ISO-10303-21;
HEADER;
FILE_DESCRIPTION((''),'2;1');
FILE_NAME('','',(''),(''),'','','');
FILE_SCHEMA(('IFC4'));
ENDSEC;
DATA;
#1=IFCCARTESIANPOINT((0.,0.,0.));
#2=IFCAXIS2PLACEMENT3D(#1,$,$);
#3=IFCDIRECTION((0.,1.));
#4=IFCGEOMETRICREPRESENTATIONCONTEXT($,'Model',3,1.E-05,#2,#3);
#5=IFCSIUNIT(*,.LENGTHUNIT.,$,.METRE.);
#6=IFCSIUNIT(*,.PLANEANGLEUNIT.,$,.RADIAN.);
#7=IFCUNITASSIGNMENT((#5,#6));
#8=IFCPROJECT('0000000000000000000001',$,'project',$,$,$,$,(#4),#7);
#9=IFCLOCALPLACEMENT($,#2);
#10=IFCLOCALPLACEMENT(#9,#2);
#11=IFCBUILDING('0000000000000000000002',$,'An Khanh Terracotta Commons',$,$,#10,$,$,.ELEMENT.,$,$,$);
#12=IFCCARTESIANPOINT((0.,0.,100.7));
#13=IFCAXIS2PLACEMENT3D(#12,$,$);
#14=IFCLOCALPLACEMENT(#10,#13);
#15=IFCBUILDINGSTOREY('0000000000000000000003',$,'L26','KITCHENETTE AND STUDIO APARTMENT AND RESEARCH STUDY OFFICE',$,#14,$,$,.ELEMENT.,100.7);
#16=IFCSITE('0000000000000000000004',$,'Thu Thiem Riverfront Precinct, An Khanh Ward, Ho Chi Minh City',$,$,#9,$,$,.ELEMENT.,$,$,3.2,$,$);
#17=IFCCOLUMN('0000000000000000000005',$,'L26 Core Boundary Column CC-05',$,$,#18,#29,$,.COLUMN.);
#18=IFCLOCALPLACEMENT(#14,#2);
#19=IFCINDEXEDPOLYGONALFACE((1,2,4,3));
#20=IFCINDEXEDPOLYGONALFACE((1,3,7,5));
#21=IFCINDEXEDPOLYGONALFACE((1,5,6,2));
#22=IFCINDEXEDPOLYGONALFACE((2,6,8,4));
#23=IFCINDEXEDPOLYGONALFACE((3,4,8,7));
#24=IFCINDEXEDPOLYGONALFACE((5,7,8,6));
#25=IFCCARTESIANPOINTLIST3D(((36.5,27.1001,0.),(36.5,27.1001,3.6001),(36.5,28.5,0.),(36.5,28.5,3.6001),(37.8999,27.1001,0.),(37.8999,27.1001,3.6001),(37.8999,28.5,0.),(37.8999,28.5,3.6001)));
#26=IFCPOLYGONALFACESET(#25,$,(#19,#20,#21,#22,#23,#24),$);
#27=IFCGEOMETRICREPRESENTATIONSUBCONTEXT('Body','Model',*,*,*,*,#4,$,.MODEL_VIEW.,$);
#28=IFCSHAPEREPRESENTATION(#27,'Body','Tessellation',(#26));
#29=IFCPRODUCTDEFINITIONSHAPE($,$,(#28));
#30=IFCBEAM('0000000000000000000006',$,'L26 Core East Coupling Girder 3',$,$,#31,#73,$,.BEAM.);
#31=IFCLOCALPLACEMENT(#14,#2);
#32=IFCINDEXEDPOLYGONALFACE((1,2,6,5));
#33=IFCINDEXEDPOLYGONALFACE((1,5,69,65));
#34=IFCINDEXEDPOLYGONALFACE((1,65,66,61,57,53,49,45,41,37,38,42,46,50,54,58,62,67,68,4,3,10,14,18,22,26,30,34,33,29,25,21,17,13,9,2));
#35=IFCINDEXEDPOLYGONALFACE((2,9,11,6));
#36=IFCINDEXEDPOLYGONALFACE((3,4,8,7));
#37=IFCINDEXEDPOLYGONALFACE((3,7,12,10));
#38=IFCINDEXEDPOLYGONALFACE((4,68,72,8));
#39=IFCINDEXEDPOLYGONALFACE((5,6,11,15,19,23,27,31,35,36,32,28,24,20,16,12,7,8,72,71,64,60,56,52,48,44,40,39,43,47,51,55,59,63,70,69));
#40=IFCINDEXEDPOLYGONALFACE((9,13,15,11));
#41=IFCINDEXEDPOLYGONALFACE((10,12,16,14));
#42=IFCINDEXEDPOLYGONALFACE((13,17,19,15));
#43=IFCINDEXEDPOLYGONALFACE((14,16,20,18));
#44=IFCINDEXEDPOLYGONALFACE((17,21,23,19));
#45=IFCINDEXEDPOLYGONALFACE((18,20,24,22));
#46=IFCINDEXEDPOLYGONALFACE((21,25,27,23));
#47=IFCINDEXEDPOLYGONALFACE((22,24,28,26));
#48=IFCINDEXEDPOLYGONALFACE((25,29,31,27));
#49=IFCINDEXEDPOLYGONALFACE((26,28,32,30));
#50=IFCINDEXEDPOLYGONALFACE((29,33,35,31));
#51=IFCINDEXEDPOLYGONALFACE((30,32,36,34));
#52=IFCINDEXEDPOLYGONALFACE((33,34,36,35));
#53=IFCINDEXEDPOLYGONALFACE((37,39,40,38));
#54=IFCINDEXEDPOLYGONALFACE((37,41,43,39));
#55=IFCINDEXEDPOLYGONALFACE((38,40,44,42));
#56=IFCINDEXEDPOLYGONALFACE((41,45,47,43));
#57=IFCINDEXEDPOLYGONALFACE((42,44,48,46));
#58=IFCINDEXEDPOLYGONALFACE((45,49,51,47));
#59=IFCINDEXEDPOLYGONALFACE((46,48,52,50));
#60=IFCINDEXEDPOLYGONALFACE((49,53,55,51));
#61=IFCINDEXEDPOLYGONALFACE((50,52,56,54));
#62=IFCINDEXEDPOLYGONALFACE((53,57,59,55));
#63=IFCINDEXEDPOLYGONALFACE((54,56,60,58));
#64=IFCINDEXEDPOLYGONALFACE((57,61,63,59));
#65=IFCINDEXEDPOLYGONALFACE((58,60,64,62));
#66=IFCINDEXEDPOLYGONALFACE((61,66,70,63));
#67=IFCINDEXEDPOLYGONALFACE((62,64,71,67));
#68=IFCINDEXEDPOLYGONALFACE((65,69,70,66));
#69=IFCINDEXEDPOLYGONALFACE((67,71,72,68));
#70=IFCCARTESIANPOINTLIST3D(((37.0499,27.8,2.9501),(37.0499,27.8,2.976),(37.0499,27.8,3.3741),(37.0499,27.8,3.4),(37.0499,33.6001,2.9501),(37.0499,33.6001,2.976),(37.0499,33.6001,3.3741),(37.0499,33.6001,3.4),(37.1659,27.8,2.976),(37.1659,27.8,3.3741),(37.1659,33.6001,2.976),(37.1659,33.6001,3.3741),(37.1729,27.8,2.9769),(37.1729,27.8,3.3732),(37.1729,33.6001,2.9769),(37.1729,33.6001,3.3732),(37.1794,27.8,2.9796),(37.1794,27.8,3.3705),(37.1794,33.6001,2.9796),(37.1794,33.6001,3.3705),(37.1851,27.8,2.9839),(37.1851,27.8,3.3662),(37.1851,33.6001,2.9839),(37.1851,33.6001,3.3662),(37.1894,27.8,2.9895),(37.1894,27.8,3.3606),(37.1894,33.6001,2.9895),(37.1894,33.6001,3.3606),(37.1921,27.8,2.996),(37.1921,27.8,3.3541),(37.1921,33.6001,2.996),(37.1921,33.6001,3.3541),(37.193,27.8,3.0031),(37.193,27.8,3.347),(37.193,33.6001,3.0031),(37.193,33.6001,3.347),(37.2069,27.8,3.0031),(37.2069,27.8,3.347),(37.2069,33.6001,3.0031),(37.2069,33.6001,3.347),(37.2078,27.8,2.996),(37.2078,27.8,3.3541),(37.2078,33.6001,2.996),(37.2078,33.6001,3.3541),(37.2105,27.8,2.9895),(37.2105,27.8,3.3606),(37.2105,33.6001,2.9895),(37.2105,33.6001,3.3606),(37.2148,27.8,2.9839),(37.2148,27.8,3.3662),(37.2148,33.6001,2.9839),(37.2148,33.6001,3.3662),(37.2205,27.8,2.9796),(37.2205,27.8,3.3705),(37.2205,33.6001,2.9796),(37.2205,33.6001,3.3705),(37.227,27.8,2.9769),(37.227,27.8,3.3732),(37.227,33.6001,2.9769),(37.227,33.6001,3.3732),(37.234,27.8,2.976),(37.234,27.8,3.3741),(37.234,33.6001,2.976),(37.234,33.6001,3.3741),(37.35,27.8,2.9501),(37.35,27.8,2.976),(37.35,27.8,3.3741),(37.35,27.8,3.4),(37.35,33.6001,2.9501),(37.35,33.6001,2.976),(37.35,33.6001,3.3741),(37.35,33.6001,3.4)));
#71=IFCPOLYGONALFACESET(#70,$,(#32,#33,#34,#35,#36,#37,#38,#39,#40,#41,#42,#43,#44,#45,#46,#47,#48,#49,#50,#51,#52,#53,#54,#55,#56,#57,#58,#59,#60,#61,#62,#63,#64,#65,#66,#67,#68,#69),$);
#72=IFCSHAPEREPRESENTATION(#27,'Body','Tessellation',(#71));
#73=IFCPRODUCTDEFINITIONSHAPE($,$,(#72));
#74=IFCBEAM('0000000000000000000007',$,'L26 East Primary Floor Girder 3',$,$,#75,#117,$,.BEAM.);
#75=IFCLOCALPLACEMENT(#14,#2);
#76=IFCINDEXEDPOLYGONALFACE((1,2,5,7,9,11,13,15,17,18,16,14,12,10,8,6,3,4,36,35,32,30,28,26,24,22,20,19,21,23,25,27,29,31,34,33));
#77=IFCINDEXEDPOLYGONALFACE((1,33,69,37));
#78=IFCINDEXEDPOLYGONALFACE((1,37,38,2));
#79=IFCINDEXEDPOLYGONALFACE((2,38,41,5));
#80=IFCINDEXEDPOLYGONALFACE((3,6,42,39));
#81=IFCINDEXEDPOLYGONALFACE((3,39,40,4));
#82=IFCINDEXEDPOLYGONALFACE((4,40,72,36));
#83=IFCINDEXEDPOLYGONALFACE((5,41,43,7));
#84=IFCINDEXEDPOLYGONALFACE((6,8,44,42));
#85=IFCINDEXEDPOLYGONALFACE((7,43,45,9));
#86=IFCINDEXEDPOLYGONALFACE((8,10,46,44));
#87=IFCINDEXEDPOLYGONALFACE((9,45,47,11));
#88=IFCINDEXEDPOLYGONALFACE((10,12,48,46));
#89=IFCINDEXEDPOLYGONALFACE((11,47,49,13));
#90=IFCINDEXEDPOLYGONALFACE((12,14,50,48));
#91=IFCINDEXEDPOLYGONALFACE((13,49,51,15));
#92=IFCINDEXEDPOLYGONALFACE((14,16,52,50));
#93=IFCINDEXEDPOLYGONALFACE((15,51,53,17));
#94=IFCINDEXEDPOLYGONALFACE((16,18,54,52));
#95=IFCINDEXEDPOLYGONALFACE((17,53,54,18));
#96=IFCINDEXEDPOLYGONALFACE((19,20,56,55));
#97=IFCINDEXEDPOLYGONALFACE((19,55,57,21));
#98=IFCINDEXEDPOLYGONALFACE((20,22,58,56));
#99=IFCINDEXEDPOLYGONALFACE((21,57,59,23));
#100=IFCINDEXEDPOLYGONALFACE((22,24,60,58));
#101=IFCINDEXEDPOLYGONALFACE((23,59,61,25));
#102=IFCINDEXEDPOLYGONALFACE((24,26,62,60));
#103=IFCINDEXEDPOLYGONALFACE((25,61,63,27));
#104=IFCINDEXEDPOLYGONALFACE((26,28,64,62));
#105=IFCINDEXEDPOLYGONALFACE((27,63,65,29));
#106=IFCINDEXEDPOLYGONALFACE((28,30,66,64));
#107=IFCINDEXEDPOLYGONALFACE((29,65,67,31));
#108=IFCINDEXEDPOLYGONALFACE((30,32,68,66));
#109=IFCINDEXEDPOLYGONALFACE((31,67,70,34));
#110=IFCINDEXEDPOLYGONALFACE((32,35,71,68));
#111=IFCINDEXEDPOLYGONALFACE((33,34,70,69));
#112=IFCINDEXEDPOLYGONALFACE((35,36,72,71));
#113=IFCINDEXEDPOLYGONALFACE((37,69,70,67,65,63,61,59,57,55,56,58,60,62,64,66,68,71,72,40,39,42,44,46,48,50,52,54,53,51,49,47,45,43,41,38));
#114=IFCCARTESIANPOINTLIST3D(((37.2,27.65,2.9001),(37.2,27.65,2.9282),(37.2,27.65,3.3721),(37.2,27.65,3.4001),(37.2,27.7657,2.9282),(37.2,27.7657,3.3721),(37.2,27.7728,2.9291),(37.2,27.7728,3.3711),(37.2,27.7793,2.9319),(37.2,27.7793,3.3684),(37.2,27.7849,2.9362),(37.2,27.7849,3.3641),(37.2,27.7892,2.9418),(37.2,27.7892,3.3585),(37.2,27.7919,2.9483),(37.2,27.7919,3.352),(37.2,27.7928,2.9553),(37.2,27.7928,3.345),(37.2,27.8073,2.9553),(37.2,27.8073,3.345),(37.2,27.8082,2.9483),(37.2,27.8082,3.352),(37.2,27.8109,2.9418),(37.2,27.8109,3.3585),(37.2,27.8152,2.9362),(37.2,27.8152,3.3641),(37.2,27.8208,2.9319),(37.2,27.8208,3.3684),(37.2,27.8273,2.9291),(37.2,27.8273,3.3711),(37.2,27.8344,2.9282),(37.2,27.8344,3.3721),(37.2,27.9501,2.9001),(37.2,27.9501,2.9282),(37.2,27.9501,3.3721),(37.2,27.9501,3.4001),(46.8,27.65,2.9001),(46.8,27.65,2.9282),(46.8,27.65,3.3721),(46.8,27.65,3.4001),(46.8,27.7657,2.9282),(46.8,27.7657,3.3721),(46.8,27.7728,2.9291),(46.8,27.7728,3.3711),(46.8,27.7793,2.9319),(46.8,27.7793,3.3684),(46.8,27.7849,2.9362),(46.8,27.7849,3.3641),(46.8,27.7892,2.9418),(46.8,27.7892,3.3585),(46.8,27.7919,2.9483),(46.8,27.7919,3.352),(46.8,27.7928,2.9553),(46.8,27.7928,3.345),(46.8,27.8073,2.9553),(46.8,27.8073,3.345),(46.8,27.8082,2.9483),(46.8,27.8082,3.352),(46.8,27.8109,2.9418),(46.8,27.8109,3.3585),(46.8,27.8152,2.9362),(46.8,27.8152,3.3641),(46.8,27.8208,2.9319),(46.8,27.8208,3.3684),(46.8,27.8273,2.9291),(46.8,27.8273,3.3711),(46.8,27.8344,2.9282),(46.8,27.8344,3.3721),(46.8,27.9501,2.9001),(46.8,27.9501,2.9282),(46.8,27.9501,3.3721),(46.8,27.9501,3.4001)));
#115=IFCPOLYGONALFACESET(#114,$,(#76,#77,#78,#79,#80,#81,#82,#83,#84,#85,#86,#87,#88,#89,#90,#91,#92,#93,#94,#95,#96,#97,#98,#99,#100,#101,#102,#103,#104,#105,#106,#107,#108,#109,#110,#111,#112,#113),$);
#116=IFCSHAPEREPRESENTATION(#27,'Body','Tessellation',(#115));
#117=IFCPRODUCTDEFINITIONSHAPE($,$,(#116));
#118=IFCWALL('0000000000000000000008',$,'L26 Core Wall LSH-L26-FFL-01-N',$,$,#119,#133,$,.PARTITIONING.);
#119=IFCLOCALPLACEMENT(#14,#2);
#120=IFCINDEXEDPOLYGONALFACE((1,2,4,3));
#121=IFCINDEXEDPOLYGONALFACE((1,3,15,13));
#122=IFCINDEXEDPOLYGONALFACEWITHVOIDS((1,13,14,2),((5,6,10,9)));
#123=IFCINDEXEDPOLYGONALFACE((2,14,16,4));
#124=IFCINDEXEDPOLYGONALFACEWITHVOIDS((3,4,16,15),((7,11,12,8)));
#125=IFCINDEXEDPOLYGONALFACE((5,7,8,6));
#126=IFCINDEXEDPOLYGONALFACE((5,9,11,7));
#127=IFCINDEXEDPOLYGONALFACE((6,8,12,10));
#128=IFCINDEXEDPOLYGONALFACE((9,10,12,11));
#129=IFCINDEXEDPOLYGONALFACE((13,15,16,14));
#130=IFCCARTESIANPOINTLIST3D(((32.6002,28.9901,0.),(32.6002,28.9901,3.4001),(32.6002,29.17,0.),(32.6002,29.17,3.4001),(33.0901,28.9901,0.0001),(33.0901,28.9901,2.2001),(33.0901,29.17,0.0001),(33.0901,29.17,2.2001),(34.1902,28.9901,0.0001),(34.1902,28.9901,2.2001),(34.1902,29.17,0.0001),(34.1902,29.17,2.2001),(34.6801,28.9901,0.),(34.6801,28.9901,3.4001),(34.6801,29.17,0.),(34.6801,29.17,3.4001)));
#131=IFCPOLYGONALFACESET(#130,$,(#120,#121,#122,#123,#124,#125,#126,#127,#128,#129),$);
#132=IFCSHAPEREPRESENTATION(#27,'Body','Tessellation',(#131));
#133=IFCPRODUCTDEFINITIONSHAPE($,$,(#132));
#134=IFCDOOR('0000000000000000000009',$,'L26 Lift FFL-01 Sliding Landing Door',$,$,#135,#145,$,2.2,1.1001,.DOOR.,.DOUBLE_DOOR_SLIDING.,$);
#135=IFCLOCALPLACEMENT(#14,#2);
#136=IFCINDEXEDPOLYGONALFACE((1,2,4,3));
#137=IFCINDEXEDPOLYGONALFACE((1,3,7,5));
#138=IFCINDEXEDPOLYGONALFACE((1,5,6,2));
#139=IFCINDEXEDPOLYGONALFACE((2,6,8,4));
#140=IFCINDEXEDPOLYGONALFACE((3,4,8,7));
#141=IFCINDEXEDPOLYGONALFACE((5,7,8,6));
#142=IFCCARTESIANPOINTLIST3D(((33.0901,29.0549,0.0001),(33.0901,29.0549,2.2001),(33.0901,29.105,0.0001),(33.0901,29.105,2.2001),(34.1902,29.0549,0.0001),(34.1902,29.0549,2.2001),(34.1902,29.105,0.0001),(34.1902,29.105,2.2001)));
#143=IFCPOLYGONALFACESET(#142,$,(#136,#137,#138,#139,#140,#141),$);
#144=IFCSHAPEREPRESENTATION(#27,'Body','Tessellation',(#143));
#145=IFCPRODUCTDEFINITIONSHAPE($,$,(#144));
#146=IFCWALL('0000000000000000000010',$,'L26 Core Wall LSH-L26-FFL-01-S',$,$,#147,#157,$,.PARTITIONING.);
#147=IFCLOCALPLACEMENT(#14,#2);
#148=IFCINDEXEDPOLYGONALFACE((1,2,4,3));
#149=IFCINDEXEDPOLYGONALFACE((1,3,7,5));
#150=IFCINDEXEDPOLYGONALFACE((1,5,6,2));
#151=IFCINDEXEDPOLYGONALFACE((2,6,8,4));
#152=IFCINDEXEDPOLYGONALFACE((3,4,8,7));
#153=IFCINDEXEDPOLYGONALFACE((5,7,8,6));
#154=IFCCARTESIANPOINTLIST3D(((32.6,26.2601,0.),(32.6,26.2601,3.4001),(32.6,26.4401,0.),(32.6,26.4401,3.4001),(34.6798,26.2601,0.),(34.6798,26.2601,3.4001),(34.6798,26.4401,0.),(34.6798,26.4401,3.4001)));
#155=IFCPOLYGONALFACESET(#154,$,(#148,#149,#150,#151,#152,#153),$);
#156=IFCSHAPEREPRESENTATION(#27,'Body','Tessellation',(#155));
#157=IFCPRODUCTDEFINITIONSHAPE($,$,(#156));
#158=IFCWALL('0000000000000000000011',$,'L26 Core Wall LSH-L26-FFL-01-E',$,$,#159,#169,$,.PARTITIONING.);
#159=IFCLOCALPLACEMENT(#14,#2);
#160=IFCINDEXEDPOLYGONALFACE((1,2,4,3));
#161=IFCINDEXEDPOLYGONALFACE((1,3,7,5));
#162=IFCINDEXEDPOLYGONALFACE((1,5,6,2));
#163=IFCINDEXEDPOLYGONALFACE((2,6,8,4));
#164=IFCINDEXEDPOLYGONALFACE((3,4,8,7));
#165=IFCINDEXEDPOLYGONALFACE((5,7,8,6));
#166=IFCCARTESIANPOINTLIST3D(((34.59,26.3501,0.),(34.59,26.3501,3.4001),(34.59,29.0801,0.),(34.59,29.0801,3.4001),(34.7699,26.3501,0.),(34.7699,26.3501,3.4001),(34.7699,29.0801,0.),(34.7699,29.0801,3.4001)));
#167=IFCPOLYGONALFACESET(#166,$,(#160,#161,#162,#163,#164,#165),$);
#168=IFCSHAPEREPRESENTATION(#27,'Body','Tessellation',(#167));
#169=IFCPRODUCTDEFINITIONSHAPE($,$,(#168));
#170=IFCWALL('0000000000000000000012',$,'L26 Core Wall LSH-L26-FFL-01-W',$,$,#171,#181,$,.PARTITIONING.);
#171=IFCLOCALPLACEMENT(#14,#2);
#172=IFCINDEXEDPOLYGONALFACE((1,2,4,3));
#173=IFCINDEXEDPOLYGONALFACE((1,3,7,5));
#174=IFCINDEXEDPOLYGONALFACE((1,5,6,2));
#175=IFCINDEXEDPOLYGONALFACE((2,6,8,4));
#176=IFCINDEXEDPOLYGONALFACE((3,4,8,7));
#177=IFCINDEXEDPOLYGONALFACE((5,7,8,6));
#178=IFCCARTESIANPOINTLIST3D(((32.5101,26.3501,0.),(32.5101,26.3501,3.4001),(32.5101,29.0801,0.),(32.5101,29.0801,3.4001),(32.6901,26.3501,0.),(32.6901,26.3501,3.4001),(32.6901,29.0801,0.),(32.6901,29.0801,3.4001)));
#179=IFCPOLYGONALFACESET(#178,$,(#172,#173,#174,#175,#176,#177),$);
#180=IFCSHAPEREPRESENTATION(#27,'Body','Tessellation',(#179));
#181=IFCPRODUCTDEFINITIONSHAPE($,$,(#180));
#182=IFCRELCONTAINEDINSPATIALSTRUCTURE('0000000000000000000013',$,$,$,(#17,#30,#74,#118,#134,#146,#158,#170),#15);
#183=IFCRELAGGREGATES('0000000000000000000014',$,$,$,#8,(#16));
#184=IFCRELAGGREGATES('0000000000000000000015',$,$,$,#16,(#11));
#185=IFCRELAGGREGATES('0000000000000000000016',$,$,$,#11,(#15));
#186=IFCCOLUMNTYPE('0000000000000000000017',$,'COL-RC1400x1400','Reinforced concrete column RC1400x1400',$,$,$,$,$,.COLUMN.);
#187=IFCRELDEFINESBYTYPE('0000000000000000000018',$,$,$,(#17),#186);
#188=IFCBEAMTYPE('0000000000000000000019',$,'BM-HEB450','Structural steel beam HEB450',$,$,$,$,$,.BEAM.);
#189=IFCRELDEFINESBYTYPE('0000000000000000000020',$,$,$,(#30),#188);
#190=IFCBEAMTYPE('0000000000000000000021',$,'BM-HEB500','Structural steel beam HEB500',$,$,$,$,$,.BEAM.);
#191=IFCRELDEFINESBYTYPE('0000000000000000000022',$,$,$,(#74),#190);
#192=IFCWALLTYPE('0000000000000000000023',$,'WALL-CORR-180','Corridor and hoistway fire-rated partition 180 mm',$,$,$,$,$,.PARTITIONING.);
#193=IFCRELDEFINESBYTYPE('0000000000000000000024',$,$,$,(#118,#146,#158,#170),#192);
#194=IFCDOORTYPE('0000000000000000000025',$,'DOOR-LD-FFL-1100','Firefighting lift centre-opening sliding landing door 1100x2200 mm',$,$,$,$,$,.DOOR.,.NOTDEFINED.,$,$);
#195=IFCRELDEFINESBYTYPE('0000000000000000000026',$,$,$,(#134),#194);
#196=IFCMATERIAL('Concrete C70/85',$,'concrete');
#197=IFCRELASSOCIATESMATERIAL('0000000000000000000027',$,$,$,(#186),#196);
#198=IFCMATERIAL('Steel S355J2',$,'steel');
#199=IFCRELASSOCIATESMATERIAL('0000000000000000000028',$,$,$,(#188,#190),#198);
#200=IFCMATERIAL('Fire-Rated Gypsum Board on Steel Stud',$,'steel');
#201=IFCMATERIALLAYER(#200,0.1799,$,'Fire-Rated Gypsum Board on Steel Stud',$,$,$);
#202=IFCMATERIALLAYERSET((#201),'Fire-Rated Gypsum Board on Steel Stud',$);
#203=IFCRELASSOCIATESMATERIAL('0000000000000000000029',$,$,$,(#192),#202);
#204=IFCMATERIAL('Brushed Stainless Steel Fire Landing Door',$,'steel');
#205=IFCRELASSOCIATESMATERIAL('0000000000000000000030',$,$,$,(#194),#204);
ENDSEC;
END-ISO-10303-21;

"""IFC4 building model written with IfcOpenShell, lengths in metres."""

from ifc_helpers import new_model, si_unit, direction, frame, frame_2d, origin, origin_2d, place, context, subcontext, project, spatial, rectangle, i_section, extrude, material, layer, layer_set, material_profile, profile_set, type_object, element, fill, save


model = new_model("IFC4")

# Units and contexts
model_context = context("Model", 3, precision=1e-05, world=origin(), true_north=direction((0.0, 1.0)))
body_context = subcontext(model_context, "Body", "Model", "MODEL_VIEW")
ifc_project = project(units=[si_unit("LENGTHUNIT", "METRE"), si_unit("PLANEANGLEUNIT", "RADIAN")], contexts=[model_context])

# Site, building, storey
site_placement = place(None, origin())
site = spatial("IfcSite", under=ifc_project, at=site_placement, Name="Thu Thiem Riverfront Precinct, An Khanh Ward, Ho Chi Minh City", CompositionType="ELEMENT", RefElevation=3.2)
building_placement = place(site_placement, origin())
building = spatial("IfcBuilding", under=site, at=building_placement, Name="An Khanh Terracotta Commons", CompositionType="ELEMENT")
storey_placement = place(building_placement, frame((0.0, 0.0, 100.7)))
storey = spatial("IfcBuildingStorey", under=building, at=storey_placement, Name="L26", Description="KITCHENETTE AND STUDIO APARTMENT AND RESEARCH STUDY OFFICE", CompositionType="ELEMENT", Elevation=100.7)

# Column
ifc_material_1 = material(Name="Concrete C70/85", Category="concrete")
ifc_material_profile_1 = material_profile(ifc_material_1, rectangle(XDim=1.3999, YDim=1.3999, at=origin_2d()), Name="RC1400x1400")
ifc_profile_set_1 = profile_set([ifc_material_profile_1], Name="Concrete C70/85")
column_type = type_object("IfcColumnType", Name="COL-RC1400x1400", Description="Reinforced concrete column RC1400x1400", PredefinedType="COLUMN", material=ifc_profile_set_1)
column_placement = place(storey_placement, frame((37.2, 27.8, 0.0), z_axis=(0.0, 0.0, 1.0), x_axis=(1.0, 0.0, 0.0)))
element("IfcColumn", 1, at=column_placement, inside=storey, type_object=column_type, Name="L26 Core Boundary Column CC-05", PredefinedType="COLUMN", context=body_context, shape_type="SweptSolid", body=[
    extrude(rectangle(XDim=1.3999, YDim=1.3999, at=origin_2d()), origin(), (0.0, 0.0, 1.0), 3.6001),
])

# Beams
ifc_material_2 = material(Name="Steel S355J2", Category="steel")
ifc_material_profile_2 = material_profile(ifc_material_2, i_section(OverallWidth=0.3, OverallDepth=0.45, WebThickness=0.0139, FlangeThickness=0.0259, FilletRadius=0.0271, at=origin_2d()), Name="HEB450")
ifc_profile_set_2 = profile_set([ifc_material_profile_2], Name="Steel S355J2")
beam_type_1 = type_object("IfcBeamType", Name="BM-HEB450", Description="Structural steel beam HEB450", PredefinedType="BEAM", material=ifc_profile_set_2)
beam_1_placement = place(storey_placement, frame((37.2, 27.8, 3.175), z_axis=(0.0, 1.0, 0.0), x_axis=(-1.0, 0.0, 0.0)))
element("IfcBeam", 2, at=beam_1_placement, inside=storey, type_object=beam_type_1, Name="L26 Core East Coupling Girder 3", PredefinedType="BEAM", context=body_context, shape_type="SweptSolid", body=[
    extrude(i_section(OverallWidth=0.3, OverallDepth=0.45, WebThickness=0.0139, FlangeThickness=0.0259, FilletRadius=0.0271, at=origin_2d()), origin(), (0.0, 0.0, 1.0), 5.8),
])
ifc_material_profile_3 = material_profile(ifc_material_2, i_section(OverallWidth=0.3, OverallDepth=0.5, WebThickness=0.0144, FlangeThickness=0.0281, FilletRadius=0.0271, at=origin_2d()), Name="HEB500")
ifc_profile_set_3 = profile_set([ifc_material_profile_3], Name="Steel S355J2")
beam_type_2 = type_object("IfcBeamType", Name="BM-HEB500", Description="Structural steel beam HEB500", PredefinedType="BEAM", material=ifc_profile_set_3)
beam_2_placement = place(storey_placement, frame((37.2, 27.8, 3.1501), z_axis=(1.0, 0.0, 0.0), x_axis=(0.0, 1.0, 0.0)))
element("IfcBeam", 3, at=beam_2_placement, inside=storey, type_object=beam_type_2, Name="L26 East Primary Floor Girder 3", PredefinedType="BEAM", context=body_context, shape_type="SweptSolid", body=[
    extrude(i_section(OverallWidth=0.3, OverallDepth=0.5, WebThickness=0.0144, FlangeThickness=0.0281, FilletRadius=0.0271, at=origin_2d()), origin(), (0.0, 0.0, 1.0), 9.6001),
])

# Wall, opening, door
ifc_material_3 = material(Name="Fire-Rated Gypsum Board on Steel Stud", Category="steel")
ifc_layer_1 = layer(ifc_material_3, 0.1799, Name="Fire-Rated Gypsum Board on Steel Stud")
ifc_layer_set_1 = layer_set([ifc_layer_1], Name="Fire-Rated Gypsum Board on Steel Stud")
wall_type_1 = type_object("IfcWallType", Name="WALL-CORR-180", Description="Corridor and hoistway fire-rated partition 180 mm", PredefinedType="PARTITIONING", material=ifc_layer_set_1)
wall_1_placement = place(storey_placement, frame((32.6001, 29.0801, 0.0), z_axis=(0.0, 0.0, 1.0), x_axis=(1.0, 0.0, 0.0)))
wall_1 = element("IfcWall", 4, at=wall_1_placement, inside=storey, type_object=wall_type_1, Name="L26 Core Wall LSH-L26-FFL-01-N", PredefinedType="PARTITIONING", context=body_context, shape_type="SweptSolid", body=[
    extrude(rectangle(XDim=2.0798, YDim=0.1799, at=frame_2d((1.04, 0.0))), origin(), (0.0, 0.0, 1.0), 3.4001),
])
opening_1_placement = place(wall_1_placement, frame((0.49, 0.0, 0.0)))
opening_1 = element("IfcOpeningElement", 5, at=opening_1_placement, cuts=wall_1, PredefinedType="OPENING", context=body_context, shape_type="SweptSolid", body=[
    extrude(rectangle(XDim=1.1001, YDim=2.2, at=frame_2d((0.55, 1.1001))), frame((0.0, 0.0999, 0.0), z_axis=(0.0, -1.0, 0.0), x_axis=(1.0, 0.0, 0.0)), (0.0, 0.0, 1.0), 0.2),
])
ifc_material_4 = material(Name="Brushed Stainless Steel Fire Landing Door", Category="steel")
door_type_1 = type_object("IfcDoorType", Name="DOOR-LD-FFL-1100", Description="Firefighting lift centre-opening sliding landing door 1100x2200 mm", OperationType="NOTDEFINED", PredefinedType="DOOR", material=ifc_material_4)
door_1_placement = place(opening_1_placement, origin())
door_1 = element("IfcDoor", 6, at=door_1_placement, inside=storey, type_object=door_type_1, Name="L26 Lift FFL-01 Sliding Landing Door", OperationType="DOUBLE_DOOR_SLIDING", OverallHeight=2.2, OverallWidth=1.1001, PredefinedType="DOOR", context=body_context, shape_type="SweptSolid", body=[
    extrude(rectangle(XDim=1.1001, YDim=2.2, at=frame_2d((0.55, 1.1001))), frame((0.0, 0.0249, 0.0), z_axis=(0.0, -1.0, 0.0), x_axis=(1.0, 0.0, 0.0)), (0.0, 0.0, 1.0), 0.05),
])
fill(opening_1, door_1)

# Walls
wall_2_placement = place(storey_placement, frame((34.6799, 26.3501, 0.0), z_axis=(0.0, 0.0, 1.0), x_axis=(-1.0, 0.0, 0.0)))
element("IfcWall", 7, at=wall_2_placement, inside=storey, type_object=wall_type_1, Name="L26 Core Wall LSH-L26-FFL-01-S", PredefinedType="PARTITIONING", context=body_context, shape_type="SweptSolid", body=[
    extrude(rectangle(XDim=2.0798, YDim=0.1799, at=frame_2d((1.04, 0.0))), origin(), (0.0, 0.0, 1.0), 3.4001),
])
for number, where, z_axis, x_axis, name in (
    (8, (34.6799, 26.3501, 0.0), (0.0, 0.0, 1.0), (0.0, 1.0, 0.0), "L26 Core Wall LSH-L26-FFL-01-E"),
    (9, (32.6001, 29.0801, 0.0), (0.0, 0.0, 1.0), (0.0, -1.0, 0.0), "L26 Core Wall LSH-L26-FFL-01-W"),
):
    element("IfcWall", number, at=place(storey_placement, frame(where, z_axis=z_axis, x_axis=x_axis)), inside=storey, type_object=wall_type_1, Name=name, PredefinedType="PARTITIONING", context=body_context, shape_type="SweptSolid", body=[
        extrude(rectangle(XDim=2.73, YDim=0.1799, at=frame_2d((1.365, 0.0))), origin(), (0.0, 0.0, 1.0), 3.4001),
    ])

save(model, "model.ifc")
